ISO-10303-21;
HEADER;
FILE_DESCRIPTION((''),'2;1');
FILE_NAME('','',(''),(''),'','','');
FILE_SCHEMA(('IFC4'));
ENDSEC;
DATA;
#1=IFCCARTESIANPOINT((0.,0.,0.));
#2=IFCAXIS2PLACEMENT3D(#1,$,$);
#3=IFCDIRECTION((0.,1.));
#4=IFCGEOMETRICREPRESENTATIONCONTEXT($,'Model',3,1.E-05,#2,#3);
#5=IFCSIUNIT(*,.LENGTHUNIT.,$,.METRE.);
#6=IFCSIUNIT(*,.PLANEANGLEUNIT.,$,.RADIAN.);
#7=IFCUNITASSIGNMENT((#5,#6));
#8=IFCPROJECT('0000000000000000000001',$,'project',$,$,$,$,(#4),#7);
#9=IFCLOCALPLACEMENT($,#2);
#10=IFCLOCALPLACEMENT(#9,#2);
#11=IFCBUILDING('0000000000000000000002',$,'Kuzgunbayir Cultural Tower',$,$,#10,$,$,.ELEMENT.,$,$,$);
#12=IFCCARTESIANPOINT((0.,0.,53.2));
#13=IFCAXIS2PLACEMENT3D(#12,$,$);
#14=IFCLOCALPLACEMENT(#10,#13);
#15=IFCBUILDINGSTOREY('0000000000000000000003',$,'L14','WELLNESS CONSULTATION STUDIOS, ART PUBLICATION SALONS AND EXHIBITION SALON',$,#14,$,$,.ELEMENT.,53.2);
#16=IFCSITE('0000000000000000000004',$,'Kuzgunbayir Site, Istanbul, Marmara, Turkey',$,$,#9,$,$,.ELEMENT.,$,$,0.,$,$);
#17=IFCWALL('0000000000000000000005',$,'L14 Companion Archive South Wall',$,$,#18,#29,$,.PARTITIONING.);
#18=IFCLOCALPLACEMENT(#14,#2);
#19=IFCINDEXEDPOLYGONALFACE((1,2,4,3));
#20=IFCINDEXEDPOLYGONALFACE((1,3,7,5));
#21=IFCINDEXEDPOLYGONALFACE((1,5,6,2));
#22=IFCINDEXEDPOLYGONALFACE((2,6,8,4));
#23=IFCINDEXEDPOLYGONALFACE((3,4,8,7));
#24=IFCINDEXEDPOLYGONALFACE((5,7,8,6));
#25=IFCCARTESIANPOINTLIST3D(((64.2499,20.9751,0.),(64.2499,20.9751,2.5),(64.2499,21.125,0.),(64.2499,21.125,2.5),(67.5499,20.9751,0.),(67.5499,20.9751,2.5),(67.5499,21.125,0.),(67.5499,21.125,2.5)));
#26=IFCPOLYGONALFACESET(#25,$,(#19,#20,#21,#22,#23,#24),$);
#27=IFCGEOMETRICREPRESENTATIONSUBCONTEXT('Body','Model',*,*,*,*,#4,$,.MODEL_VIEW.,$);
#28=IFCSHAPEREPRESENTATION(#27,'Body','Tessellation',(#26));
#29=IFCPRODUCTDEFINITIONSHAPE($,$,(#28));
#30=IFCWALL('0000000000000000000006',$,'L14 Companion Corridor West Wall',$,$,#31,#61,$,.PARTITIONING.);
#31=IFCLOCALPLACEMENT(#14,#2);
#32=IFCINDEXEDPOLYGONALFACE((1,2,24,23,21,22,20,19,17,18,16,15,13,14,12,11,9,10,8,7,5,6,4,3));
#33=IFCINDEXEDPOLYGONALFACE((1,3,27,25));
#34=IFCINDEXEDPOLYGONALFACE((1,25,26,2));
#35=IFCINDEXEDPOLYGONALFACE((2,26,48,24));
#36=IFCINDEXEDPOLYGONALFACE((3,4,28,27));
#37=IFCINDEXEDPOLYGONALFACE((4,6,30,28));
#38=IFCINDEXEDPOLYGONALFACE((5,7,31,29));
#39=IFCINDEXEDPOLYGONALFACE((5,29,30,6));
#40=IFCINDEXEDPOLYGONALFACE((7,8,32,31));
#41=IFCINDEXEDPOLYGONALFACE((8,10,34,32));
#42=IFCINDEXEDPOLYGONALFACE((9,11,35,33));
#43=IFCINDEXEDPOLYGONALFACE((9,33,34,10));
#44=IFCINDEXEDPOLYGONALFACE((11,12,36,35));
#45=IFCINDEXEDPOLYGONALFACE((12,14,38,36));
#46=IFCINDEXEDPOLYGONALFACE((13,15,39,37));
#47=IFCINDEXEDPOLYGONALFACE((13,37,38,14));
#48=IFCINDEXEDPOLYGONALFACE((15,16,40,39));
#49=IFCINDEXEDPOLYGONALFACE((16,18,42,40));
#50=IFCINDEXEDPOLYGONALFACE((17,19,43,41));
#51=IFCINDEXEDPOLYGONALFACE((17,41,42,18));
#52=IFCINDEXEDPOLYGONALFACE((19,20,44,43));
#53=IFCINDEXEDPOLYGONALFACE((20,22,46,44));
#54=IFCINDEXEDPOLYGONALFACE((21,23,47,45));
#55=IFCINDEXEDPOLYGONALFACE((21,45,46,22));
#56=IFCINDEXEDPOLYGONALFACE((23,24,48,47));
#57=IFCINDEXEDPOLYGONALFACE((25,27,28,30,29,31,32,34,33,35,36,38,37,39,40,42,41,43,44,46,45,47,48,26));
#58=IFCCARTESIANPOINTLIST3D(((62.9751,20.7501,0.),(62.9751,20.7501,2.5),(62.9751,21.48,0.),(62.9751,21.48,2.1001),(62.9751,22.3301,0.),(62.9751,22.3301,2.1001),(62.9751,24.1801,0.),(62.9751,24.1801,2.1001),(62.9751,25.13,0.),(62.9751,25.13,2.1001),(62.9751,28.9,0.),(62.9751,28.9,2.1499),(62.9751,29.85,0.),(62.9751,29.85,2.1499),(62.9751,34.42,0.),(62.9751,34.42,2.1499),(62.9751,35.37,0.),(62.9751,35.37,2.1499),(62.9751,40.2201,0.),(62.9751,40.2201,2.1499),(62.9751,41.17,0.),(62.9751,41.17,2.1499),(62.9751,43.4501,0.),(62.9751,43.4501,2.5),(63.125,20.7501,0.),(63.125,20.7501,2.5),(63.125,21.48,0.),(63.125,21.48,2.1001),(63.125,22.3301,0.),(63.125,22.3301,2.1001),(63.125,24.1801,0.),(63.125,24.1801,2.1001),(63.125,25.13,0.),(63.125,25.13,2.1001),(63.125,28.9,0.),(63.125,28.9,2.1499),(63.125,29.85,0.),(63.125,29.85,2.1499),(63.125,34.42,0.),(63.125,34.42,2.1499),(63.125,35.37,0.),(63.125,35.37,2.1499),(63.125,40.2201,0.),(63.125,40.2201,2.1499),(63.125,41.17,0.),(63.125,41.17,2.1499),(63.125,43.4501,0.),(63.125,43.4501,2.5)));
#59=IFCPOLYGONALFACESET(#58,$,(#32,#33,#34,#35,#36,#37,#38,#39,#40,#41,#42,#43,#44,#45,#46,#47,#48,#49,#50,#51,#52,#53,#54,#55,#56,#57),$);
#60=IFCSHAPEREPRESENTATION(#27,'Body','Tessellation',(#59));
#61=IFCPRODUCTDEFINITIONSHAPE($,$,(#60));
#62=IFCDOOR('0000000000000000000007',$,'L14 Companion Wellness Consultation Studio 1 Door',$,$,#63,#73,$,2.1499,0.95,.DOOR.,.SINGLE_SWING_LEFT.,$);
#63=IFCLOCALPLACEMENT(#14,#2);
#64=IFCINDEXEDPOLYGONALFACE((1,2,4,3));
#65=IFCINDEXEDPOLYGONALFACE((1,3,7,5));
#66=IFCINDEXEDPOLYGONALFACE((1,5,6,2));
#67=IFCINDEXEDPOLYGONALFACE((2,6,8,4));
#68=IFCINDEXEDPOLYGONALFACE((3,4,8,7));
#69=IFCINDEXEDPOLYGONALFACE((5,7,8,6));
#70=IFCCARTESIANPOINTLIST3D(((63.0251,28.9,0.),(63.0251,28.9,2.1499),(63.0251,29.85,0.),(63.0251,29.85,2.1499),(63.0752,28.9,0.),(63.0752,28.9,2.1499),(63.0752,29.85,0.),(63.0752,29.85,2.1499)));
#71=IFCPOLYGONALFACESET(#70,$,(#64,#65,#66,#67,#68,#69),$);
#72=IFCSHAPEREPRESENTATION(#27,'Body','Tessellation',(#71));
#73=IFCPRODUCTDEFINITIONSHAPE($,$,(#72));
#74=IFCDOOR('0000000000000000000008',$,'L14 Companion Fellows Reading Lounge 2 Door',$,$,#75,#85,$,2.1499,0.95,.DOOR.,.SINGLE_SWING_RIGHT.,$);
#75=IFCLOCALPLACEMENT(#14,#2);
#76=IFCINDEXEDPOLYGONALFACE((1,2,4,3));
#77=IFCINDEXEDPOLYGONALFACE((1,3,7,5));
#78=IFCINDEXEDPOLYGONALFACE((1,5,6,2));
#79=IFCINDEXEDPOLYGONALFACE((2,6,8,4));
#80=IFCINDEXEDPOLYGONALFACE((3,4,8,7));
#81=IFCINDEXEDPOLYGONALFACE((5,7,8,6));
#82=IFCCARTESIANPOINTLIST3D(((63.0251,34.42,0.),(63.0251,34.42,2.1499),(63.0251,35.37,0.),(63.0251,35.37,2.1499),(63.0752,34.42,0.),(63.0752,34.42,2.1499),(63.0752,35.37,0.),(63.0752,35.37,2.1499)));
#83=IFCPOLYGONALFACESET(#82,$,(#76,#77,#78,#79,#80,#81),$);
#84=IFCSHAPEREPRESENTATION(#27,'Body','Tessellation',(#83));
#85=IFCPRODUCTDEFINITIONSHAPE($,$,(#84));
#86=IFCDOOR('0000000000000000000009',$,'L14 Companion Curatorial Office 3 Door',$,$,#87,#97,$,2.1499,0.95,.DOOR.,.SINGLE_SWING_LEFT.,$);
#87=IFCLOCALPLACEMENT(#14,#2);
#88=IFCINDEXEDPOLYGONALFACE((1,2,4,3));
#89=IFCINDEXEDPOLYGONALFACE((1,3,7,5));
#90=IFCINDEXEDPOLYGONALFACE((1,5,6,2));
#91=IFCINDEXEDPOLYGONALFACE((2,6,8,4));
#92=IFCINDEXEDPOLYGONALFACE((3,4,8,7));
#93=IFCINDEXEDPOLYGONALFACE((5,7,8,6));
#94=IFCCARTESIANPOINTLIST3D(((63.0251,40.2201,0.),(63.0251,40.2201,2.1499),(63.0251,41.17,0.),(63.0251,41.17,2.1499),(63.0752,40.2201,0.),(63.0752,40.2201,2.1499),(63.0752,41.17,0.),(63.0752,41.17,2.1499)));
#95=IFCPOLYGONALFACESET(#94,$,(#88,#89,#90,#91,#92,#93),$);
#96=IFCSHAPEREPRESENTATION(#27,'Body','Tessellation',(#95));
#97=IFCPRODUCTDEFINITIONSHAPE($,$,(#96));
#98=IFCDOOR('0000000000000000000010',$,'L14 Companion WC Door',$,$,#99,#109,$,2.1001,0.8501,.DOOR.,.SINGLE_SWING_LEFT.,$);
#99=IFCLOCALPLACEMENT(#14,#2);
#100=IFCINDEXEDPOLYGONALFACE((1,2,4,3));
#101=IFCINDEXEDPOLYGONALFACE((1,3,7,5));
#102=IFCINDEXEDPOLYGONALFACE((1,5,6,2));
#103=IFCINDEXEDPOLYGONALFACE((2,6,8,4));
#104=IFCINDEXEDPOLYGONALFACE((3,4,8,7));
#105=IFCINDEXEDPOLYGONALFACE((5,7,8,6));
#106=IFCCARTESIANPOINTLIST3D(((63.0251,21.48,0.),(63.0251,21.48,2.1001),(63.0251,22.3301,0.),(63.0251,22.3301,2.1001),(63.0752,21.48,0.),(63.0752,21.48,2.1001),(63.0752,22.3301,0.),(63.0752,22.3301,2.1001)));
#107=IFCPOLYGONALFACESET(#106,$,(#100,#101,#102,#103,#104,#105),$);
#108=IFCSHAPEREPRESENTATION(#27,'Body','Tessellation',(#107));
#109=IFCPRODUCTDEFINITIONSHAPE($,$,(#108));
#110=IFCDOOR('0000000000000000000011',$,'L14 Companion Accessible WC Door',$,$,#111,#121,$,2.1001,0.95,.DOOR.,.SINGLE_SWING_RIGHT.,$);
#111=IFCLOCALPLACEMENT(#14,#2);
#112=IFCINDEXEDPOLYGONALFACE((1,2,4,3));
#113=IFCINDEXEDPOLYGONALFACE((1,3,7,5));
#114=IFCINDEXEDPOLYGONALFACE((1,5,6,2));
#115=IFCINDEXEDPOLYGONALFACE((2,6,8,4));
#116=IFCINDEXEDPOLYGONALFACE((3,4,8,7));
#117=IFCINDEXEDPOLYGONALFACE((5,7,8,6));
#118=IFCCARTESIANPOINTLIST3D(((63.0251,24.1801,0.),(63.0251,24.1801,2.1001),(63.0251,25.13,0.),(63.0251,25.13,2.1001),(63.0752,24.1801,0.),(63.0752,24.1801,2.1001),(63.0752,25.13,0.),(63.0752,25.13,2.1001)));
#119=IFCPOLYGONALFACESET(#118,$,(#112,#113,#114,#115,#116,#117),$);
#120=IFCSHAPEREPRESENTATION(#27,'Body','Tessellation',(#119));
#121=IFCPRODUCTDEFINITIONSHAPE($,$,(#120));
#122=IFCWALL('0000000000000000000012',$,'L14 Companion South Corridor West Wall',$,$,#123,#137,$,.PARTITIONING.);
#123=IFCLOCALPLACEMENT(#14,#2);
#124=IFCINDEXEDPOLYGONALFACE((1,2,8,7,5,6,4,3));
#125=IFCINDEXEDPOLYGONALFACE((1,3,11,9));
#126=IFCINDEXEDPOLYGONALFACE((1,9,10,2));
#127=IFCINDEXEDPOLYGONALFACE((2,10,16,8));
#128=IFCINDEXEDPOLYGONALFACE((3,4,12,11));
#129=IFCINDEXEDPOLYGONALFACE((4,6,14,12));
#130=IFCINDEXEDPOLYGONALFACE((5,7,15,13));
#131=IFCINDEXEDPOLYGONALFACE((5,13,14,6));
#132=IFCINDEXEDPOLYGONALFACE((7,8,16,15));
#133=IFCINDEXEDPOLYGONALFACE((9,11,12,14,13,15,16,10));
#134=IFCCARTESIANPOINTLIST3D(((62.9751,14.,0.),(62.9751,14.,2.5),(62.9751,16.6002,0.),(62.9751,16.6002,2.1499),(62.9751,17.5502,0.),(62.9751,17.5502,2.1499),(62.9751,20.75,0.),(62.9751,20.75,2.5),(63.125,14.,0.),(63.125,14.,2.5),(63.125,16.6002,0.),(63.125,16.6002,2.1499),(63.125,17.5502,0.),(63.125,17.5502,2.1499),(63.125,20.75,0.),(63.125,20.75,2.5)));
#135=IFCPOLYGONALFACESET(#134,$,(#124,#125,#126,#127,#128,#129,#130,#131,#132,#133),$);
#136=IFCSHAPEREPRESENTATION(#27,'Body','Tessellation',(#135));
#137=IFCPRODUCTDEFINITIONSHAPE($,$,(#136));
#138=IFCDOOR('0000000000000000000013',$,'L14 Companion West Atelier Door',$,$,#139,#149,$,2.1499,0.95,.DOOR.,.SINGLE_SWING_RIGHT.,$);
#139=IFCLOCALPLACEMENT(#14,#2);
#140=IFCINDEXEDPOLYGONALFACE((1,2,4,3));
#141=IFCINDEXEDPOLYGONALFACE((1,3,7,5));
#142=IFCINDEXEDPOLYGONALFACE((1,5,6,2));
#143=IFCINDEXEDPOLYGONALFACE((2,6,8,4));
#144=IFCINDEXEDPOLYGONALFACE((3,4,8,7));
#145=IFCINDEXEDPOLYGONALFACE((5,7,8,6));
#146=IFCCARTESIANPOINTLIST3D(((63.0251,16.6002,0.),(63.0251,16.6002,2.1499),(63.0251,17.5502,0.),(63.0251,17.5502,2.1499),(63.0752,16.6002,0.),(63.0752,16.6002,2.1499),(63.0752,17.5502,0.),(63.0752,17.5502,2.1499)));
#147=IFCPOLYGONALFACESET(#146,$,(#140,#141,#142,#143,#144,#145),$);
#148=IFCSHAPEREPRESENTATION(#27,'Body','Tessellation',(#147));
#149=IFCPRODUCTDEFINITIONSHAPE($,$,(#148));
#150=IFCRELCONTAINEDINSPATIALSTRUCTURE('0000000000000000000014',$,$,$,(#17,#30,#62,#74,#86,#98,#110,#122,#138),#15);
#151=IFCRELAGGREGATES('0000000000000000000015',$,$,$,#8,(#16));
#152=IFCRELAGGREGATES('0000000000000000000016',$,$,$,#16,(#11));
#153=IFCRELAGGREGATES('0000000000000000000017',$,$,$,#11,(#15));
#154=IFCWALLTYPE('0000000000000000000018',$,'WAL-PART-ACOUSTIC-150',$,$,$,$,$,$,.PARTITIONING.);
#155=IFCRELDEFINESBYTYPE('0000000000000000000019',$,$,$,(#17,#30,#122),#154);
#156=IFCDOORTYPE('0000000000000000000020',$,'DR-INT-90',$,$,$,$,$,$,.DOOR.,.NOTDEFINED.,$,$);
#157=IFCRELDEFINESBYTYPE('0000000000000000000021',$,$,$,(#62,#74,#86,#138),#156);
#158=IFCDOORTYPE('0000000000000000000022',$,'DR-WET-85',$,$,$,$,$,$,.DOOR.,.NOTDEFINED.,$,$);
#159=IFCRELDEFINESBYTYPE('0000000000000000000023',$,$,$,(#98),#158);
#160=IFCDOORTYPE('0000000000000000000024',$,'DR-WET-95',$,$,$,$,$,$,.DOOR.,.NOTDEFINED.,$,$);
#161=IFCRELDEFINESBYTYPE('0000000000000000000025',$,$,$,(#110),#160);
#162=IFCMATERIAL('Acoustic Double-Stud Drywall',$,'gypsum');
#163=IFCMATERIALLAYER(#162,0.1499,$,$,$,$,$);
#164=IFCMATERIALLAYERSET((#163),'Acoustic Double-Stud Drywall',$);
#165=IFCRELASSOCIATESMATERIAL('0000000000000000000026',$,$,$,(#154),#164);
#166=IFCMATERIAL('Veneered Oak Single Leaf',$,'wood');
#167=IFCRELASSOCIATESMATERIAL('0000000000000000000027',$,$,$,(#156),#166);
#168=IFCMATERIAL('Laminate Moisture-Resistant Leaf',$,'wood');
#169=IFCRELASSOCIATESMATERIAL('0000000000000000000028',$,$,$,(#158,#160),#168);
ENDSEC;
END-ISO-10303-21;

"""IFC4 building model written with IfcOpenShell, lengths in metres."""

from ifc_helpers import new_model, si_unit, direction, frame, frame_2d, origin, place, context, subcontext, project, spatial, rectangle, extrude, material, layer, layer_set, type_object, element, fill, save


model = new_model("IFC4")

# Units and contexts
model_context = context("Model", 3, precision=1e-05, world=origin(), true_north=direction((0.0, 1.0)))
body_context = subcontext(model_context, "Body", "Model", "MODEL_VIEW")
ifc_project = project(units=[si_unit("LENGTHUNIT", "METRE"), si_unit("PLANEANGLEUNIT", "RADIAN")], contexts=[model_context])

# Site, building, storey
site_placement = place(None, origin())
site = spatial("IfcSite", under=ifc_project, at=site_placement, Name="Kuzgunbayir Site, Istanbul, Marmara, Turkey", CompositionType="ELEMENT", RefElevation=0.0)
building_placement = place(site_placement, origin())
building = spatial("IfcBuilding", under=site, at=building_placement, Name="Kuzgunbayir Cultural Tower", CompositionType="ELEMENT")
storey_placement = place(building_placement, frame((0.0, 0.0, 53.2)))
storey = spatial("IfcBuildingStorey", under=building, at=storey_placement, Name="L14", Description="WELLNESS CONSULTATION STUDIOS, ART PUBLICATION SALONS AND EXHIBITION SALON", CompositionType="ELEMENT", Elevation=53.2)

# Shared definitions
ifc_material_1 = material(Name="Acoustic Double-Stud Drywall", Category="gypsum")
ifc_layer_1 = layer(ifc_material_1, 0.1499)
ifc_layer_set_1 = layer_set([ifc_layer_1], Name="Acoustic Double-Stud Drywall")
wall_type_1 = type_object("IfcWallType", Name="WAL-PART-ACOUSTIC-150", PredefinedType="PARTITIONING", material=ifc_layer_set_1)
ifc_material_2 = material(Name="Veneered Oak Single Leaf", Category="wood")
door_type_1 = type_object("IfcDoorType", Name="DR-INT-90", OperationType="NOTDEFINED", PredefinedType="DOOR", material=ifc_material_2)

# Wall
wall_1_placement = place(storey_placement, frame((64.25, 21.05, 0.0), z_axis=(0.0, 0.0, 1.0), x_axis=(1.0, 0.0, 0.0)))
element("IfcWall", 1, at=wall_1_placement, inside=storey, type_object=wall_type_1, Name="L14 Companion Archive South Wall", PredefinedType="PARTITIONING", context=body_context, shape_type="SweptSolid", body=[
    extrude(rectangle(XDim=3.3, YDim=0.1499, at=frame_2d((1.6499, 0.0))), origin(), (0.0, 0.0, 1.0), 2.5),
])

# Wall, openings, doors
wall_2_placement = place(storey_placement, frame((63.05, 20.75, 0.0), z_axis=(0.0, 0.0, 1.0), x_axis=(0.0, 1.0, 0.0)))
wall_2 = element("IfcWall", 2, at=wall_2_placement, inside=storey, type_object=wall_type_1, Name="L14 Companion Corridor West Wall", PredefinedType="PARTITIONING", context=body_context, shape_type="SweptSolid", body=[
    extrude(rectangle(XDim=22.7, YDim=0.1499, at=frame_2d((11.3501, 0.0))), origin(), (0.0, 0.0, 1.0), 2.5),
])
opening_1_placement = place(wall_2_placement, frame((0.73, 0.0, 0.0)))
opening_1 = element("IfcOpeningElement", 3, at=opening_1_placement, cuts=wall_2, PredefinedType="OPENING", context=body_context, shape_type="SweptSolid", body=[
    extrude(rectangle(XDim=0.8501, YDim=2.1001, at=frame_2d((0.425, 1.05))), frame((0.0, 0.085, 0.0), z_axis=(0.0, -1.0, 0.0), x_axis=(1.0, 0.0, 0.0)), (0.0, 0.0, 1.0), 0.1699),
])
opening_2_placement = place(wall_2_placement, frame((3.4299, 0.0, 0.0)))
opening_2 = element("IfcOpeningElement", 4, at=opening_2_placement, cuts=wall_2, PredefinedType="OPENING", context=body_context, shape_type="SweptSolid", body=[
    extrude(rectangle(XDim=0.95, YDim=2.1001, at=frame_2d((0.4751, 1.05))), frame((0.0, 0.085, 0.0), z_axis=(0.0, -1.0, 0.0), x_axis=(1.0, 0.0, 0.0)), (0.0, 0.0, 1.0), 0.1699),
])
opening_3_placement = place(wall_2_placement, frame((8.1499, 0.0, 0.0)))
opening_3 = element("IfcOpeningElement", 5, at=opening_3_placement, cuts=wall_2, PredefinedType="OPENING", context=body_context, shape_type="SweptSolid", body=[
    extrude(rectangle(XDim=0.95, YDim=2.1499, at=frame_2d((0.4751, 1.075))), frame((0.0, 0.085, 0.0), z_axis=(0.0, -1.0, 0.0), x_axis=(1.0, 0.0, 0.0)), (0.0, 0.0, 1.0), 0.1699),
])
opening_4_placement = place(wall_2_placement, frame((13.6699, 0.0, 0.0)))
opening_4 = element("IfcOpeningElement", 6, at=opening_4_placement, cuts=wall_2, PredefinedType="OPENING", context=body_context, shape_type="SweptSolid", body=[
    extrude(rectangle(XDim=0.95, YDim=2.1499, at=frame_2d((0.4751, 1.075))), frame((0.0, 0.085, 0.0), z_axis=(0.0, -1.0, 0.0), x_axis=(1.0, 0.0, 0.0)), (0.0, 0.0, 1.0), 0.1699),
])
opening_5_placement = place(wall_2_placement, frame((19.47, 0.0, 0.0)))
opening_5 = element("IfcOpeningElement", 7, at=opening_5_placement, cuts=wall_2, PredefinedType="OPENING", context=body_context, shape_type="SweptSolid", body=[
    extrude(rectangle(XDim=0.95, YDim=2.1499, at=frame_2d((0.4751, 1.075))), frame((0.0, 0.085, 0.0), z_axis=(0.0, -1.0, 0.0), x_axis=(1.0, 0.0, 0.0)), (0.0, 0.0, 1.0), 0.1699),
])
door_1_placement = place(opening_3_placement, origin())
door_1 = element("IfcDoor", 8, at=door_1_placement, inside=storey, type_object=door_type_1, Name="L14 Companion Wellness Consultation Studio 1 Door", OperationType="SINGLE_SWING_LEFT", OverallHeight=2.1499, OverallWidth=0.95, PredefinedType="DOOR", context=body_context, shape_type="SweptSolid", body=[
    extrude(rectangle(XDim=0.95, YDim=2.1499, at=frame_2d((0.4751, 1.075))), frame((0.0, 0.0249, 0.0), z_axis=(0.0, -1.0, 0.0), x_axis=(1.0, 0.0, 0.0)), (0.0, 0.0, 1.0), 0.05),
])
fill(opening_3, door_1)
door_2_placement = place(opening_4_placement, origin())
door_2 = element("IfcDoor", 9, at=door_2_placement, inside=storey, type_object=door_type_1, Name="L14 Companion Fellows Reading Lounge 2 Door", OperationType="SINGLE_SWING_RIGHT", OverallHeight=2.1499, OverallWidth=0.95, PredefinedType="DOOR", context=body_context, shape_type="SweptSolid", body=[
    extrude(rectangle(XDim=0.95, YDim=2.1499, at=frame_2d((0.4751, 1.075))), frame((0.0, 0.0249, 0.0), z_axis=(0.0, -1.0, 0.0), x_axis=(1.0, 0.0, 0.0)), (0.0, 0.0, 1.0), 0.05),
])
fill(opening_4, door_2)
door_3_placement = place(opening_5_placement, origin())
door_3 = element("IfcDoor", 10, at=door_3_placement, inside=storey, type_object=door_type_1, Name="L14 Companion Curatorial Office 3 Door", OperationType="SINGLE_SWING_LEFT", OverallHeight=2.1499, OverallWidth=0.95, PredefinedType="DOOR", context=body_context, shape_type="SweptSolid", body=[
    extrude(rectangle(XDim=0.95, YDim=2.1499, at=frame_2d((0.4751, 1.075))), frame((0.0, 0.0249, 0.0), z_axis=(0.0, -1.0, 0.0), x_axis=(1.0, 0.0, 0.0)), (0.0, 0.0, 1.0), 0.05),
])
fill(opening_5, door_3)
ifc_material_3 = material(Name="Laminate Moisture-Resistant Leaf", Category="wood")
door_type_2 = type_object("IfcDoorType", Name="DR-WET-85", OperationType="NOTDEFINED", PredefinedType="DOOR", material=ifc_material_3)
door_4_placement = place(opening_1_placement, origin())
door_4 = element("IfcDoor", 11, at=door_4_placement, inside=storey, type_object=door_type_2, Name="L14 Companion WC Door", OperationType="SINGLE_SWING_LEFT", OverallHeight=2.1001, OverallWidth=0.8501, PredefinedType="DOOR", context=body_context, shape_type="SweptSolid", body=[
    extrude(rectangle(XDim=0.8501, YDim=2.1001, at=frame_2d((0.425, 1.05))), frame((0.0, 0.0249, 0.0), z_axis=(0.0, -1.0, 0.0), x_axis=(1.0, 0.0, 0.0)), (0.0, 0.0, 1.0), 0.05),
])
fill(opening_1, door_4)
door_type_3 = type_object("IfcDoorType", Name="DR-WET-95", OperationType="NOTDEFINED", PredefinedType="DOOR", material=ifc_material_3)
door_5_placement = place(opening_2_placement, origin())
door_5 = element("IfcDoor", 12, at=door_5_placement, inside=storey, type_object=door_type_3, Name="L14 Companion Accessible WC Door", OperationType="SINGLE_SWING_RIGHT", OverallHeight=2.1001, OverallWidth=0.95, PredefinedType="DOOR", context=body_context, shape_type="SweptSolid", body=[
    extrude(rectangle(XDim=0.95, YDim=2.1001, at=frame_2d((0.4751, 1.05))), frame((0.0, 0.0249, 0.0), z_axis=(0.0, -1.0, 0.0), x_axis=(1.0, 0.0, 0.0)), (0.0, 0.0, 1.0), 0.05),
])
fill(opening_2, door_5)

# Wall, opening, door
wall_3_placement = place(storey_placement, frame((63.05, 14.0, 0.0), z_axis=(0.0, 0.0, 1.0), x_axis=(0.0, 1.0, 0.0)))
wall_3 = element("IfcWall", 13, at=wall_3_placement, inside=storey, type_object=wall_type_1, Name="L14 Companion South Corridor West Wall", PredefinedType="PARTITIONING", context=body_context, shape_type="SweptSolid", body=[
    extrude(rectangle(XDim=6.75, YDim=0.1499, at=frame_2d((3.375, 0.0))), origin(), (0.0, 0.0, 1.0), 2.5),
])
opening_6_placement = place(wall_3_placement, frame((2.6001, 0.0, 0.0)))
opening_6 = element("IfcOpeningElement", 14, at=opening_6_placement, cuts=wall_3, PredefinedType="OPENING", context=body_context, shape_type="SweptSolid", body=[
    extrude(rectangle(XDim=0.95, YDim=2.1499, at=frame_2d((0.4751, 1.075))), frame((0.0, 0.085, 0.0), z_axis=(0.0, -1.0, 0.0), x_axis=(1.0, 0.0, 0.0)), (0.0, 0.0, 1.0), 0.1699),
])
door_6_placement = place(opening_6_placement, origin())
door_6 = element("IfcDoor", 15, at=door_6_placement, inside=storey, type_object=door_type_1, Name="L14 Companion West Atelier Door", OperationType="SINGLE_SWING_RIGHT", OverallHeight=2.1499, OverallWidth=0.95, PredefinedType="DOOR", context=body_context, shape_type="SweptSolid", body=[
    extrude(rectangle(XDim=0.95, YDim=2.1499, at=frame_2d((0.4751, 1.075))), frame((0.0, 0.0249, 0.0), z_axis=(0.0, -1.0, 0.0), x_axis=(1.0, 0.0, 0.0)), (0.0, 0.0, 1.0), 0.05),
])
fill(opening_6, door_6)

save(model, "model.ifc")
